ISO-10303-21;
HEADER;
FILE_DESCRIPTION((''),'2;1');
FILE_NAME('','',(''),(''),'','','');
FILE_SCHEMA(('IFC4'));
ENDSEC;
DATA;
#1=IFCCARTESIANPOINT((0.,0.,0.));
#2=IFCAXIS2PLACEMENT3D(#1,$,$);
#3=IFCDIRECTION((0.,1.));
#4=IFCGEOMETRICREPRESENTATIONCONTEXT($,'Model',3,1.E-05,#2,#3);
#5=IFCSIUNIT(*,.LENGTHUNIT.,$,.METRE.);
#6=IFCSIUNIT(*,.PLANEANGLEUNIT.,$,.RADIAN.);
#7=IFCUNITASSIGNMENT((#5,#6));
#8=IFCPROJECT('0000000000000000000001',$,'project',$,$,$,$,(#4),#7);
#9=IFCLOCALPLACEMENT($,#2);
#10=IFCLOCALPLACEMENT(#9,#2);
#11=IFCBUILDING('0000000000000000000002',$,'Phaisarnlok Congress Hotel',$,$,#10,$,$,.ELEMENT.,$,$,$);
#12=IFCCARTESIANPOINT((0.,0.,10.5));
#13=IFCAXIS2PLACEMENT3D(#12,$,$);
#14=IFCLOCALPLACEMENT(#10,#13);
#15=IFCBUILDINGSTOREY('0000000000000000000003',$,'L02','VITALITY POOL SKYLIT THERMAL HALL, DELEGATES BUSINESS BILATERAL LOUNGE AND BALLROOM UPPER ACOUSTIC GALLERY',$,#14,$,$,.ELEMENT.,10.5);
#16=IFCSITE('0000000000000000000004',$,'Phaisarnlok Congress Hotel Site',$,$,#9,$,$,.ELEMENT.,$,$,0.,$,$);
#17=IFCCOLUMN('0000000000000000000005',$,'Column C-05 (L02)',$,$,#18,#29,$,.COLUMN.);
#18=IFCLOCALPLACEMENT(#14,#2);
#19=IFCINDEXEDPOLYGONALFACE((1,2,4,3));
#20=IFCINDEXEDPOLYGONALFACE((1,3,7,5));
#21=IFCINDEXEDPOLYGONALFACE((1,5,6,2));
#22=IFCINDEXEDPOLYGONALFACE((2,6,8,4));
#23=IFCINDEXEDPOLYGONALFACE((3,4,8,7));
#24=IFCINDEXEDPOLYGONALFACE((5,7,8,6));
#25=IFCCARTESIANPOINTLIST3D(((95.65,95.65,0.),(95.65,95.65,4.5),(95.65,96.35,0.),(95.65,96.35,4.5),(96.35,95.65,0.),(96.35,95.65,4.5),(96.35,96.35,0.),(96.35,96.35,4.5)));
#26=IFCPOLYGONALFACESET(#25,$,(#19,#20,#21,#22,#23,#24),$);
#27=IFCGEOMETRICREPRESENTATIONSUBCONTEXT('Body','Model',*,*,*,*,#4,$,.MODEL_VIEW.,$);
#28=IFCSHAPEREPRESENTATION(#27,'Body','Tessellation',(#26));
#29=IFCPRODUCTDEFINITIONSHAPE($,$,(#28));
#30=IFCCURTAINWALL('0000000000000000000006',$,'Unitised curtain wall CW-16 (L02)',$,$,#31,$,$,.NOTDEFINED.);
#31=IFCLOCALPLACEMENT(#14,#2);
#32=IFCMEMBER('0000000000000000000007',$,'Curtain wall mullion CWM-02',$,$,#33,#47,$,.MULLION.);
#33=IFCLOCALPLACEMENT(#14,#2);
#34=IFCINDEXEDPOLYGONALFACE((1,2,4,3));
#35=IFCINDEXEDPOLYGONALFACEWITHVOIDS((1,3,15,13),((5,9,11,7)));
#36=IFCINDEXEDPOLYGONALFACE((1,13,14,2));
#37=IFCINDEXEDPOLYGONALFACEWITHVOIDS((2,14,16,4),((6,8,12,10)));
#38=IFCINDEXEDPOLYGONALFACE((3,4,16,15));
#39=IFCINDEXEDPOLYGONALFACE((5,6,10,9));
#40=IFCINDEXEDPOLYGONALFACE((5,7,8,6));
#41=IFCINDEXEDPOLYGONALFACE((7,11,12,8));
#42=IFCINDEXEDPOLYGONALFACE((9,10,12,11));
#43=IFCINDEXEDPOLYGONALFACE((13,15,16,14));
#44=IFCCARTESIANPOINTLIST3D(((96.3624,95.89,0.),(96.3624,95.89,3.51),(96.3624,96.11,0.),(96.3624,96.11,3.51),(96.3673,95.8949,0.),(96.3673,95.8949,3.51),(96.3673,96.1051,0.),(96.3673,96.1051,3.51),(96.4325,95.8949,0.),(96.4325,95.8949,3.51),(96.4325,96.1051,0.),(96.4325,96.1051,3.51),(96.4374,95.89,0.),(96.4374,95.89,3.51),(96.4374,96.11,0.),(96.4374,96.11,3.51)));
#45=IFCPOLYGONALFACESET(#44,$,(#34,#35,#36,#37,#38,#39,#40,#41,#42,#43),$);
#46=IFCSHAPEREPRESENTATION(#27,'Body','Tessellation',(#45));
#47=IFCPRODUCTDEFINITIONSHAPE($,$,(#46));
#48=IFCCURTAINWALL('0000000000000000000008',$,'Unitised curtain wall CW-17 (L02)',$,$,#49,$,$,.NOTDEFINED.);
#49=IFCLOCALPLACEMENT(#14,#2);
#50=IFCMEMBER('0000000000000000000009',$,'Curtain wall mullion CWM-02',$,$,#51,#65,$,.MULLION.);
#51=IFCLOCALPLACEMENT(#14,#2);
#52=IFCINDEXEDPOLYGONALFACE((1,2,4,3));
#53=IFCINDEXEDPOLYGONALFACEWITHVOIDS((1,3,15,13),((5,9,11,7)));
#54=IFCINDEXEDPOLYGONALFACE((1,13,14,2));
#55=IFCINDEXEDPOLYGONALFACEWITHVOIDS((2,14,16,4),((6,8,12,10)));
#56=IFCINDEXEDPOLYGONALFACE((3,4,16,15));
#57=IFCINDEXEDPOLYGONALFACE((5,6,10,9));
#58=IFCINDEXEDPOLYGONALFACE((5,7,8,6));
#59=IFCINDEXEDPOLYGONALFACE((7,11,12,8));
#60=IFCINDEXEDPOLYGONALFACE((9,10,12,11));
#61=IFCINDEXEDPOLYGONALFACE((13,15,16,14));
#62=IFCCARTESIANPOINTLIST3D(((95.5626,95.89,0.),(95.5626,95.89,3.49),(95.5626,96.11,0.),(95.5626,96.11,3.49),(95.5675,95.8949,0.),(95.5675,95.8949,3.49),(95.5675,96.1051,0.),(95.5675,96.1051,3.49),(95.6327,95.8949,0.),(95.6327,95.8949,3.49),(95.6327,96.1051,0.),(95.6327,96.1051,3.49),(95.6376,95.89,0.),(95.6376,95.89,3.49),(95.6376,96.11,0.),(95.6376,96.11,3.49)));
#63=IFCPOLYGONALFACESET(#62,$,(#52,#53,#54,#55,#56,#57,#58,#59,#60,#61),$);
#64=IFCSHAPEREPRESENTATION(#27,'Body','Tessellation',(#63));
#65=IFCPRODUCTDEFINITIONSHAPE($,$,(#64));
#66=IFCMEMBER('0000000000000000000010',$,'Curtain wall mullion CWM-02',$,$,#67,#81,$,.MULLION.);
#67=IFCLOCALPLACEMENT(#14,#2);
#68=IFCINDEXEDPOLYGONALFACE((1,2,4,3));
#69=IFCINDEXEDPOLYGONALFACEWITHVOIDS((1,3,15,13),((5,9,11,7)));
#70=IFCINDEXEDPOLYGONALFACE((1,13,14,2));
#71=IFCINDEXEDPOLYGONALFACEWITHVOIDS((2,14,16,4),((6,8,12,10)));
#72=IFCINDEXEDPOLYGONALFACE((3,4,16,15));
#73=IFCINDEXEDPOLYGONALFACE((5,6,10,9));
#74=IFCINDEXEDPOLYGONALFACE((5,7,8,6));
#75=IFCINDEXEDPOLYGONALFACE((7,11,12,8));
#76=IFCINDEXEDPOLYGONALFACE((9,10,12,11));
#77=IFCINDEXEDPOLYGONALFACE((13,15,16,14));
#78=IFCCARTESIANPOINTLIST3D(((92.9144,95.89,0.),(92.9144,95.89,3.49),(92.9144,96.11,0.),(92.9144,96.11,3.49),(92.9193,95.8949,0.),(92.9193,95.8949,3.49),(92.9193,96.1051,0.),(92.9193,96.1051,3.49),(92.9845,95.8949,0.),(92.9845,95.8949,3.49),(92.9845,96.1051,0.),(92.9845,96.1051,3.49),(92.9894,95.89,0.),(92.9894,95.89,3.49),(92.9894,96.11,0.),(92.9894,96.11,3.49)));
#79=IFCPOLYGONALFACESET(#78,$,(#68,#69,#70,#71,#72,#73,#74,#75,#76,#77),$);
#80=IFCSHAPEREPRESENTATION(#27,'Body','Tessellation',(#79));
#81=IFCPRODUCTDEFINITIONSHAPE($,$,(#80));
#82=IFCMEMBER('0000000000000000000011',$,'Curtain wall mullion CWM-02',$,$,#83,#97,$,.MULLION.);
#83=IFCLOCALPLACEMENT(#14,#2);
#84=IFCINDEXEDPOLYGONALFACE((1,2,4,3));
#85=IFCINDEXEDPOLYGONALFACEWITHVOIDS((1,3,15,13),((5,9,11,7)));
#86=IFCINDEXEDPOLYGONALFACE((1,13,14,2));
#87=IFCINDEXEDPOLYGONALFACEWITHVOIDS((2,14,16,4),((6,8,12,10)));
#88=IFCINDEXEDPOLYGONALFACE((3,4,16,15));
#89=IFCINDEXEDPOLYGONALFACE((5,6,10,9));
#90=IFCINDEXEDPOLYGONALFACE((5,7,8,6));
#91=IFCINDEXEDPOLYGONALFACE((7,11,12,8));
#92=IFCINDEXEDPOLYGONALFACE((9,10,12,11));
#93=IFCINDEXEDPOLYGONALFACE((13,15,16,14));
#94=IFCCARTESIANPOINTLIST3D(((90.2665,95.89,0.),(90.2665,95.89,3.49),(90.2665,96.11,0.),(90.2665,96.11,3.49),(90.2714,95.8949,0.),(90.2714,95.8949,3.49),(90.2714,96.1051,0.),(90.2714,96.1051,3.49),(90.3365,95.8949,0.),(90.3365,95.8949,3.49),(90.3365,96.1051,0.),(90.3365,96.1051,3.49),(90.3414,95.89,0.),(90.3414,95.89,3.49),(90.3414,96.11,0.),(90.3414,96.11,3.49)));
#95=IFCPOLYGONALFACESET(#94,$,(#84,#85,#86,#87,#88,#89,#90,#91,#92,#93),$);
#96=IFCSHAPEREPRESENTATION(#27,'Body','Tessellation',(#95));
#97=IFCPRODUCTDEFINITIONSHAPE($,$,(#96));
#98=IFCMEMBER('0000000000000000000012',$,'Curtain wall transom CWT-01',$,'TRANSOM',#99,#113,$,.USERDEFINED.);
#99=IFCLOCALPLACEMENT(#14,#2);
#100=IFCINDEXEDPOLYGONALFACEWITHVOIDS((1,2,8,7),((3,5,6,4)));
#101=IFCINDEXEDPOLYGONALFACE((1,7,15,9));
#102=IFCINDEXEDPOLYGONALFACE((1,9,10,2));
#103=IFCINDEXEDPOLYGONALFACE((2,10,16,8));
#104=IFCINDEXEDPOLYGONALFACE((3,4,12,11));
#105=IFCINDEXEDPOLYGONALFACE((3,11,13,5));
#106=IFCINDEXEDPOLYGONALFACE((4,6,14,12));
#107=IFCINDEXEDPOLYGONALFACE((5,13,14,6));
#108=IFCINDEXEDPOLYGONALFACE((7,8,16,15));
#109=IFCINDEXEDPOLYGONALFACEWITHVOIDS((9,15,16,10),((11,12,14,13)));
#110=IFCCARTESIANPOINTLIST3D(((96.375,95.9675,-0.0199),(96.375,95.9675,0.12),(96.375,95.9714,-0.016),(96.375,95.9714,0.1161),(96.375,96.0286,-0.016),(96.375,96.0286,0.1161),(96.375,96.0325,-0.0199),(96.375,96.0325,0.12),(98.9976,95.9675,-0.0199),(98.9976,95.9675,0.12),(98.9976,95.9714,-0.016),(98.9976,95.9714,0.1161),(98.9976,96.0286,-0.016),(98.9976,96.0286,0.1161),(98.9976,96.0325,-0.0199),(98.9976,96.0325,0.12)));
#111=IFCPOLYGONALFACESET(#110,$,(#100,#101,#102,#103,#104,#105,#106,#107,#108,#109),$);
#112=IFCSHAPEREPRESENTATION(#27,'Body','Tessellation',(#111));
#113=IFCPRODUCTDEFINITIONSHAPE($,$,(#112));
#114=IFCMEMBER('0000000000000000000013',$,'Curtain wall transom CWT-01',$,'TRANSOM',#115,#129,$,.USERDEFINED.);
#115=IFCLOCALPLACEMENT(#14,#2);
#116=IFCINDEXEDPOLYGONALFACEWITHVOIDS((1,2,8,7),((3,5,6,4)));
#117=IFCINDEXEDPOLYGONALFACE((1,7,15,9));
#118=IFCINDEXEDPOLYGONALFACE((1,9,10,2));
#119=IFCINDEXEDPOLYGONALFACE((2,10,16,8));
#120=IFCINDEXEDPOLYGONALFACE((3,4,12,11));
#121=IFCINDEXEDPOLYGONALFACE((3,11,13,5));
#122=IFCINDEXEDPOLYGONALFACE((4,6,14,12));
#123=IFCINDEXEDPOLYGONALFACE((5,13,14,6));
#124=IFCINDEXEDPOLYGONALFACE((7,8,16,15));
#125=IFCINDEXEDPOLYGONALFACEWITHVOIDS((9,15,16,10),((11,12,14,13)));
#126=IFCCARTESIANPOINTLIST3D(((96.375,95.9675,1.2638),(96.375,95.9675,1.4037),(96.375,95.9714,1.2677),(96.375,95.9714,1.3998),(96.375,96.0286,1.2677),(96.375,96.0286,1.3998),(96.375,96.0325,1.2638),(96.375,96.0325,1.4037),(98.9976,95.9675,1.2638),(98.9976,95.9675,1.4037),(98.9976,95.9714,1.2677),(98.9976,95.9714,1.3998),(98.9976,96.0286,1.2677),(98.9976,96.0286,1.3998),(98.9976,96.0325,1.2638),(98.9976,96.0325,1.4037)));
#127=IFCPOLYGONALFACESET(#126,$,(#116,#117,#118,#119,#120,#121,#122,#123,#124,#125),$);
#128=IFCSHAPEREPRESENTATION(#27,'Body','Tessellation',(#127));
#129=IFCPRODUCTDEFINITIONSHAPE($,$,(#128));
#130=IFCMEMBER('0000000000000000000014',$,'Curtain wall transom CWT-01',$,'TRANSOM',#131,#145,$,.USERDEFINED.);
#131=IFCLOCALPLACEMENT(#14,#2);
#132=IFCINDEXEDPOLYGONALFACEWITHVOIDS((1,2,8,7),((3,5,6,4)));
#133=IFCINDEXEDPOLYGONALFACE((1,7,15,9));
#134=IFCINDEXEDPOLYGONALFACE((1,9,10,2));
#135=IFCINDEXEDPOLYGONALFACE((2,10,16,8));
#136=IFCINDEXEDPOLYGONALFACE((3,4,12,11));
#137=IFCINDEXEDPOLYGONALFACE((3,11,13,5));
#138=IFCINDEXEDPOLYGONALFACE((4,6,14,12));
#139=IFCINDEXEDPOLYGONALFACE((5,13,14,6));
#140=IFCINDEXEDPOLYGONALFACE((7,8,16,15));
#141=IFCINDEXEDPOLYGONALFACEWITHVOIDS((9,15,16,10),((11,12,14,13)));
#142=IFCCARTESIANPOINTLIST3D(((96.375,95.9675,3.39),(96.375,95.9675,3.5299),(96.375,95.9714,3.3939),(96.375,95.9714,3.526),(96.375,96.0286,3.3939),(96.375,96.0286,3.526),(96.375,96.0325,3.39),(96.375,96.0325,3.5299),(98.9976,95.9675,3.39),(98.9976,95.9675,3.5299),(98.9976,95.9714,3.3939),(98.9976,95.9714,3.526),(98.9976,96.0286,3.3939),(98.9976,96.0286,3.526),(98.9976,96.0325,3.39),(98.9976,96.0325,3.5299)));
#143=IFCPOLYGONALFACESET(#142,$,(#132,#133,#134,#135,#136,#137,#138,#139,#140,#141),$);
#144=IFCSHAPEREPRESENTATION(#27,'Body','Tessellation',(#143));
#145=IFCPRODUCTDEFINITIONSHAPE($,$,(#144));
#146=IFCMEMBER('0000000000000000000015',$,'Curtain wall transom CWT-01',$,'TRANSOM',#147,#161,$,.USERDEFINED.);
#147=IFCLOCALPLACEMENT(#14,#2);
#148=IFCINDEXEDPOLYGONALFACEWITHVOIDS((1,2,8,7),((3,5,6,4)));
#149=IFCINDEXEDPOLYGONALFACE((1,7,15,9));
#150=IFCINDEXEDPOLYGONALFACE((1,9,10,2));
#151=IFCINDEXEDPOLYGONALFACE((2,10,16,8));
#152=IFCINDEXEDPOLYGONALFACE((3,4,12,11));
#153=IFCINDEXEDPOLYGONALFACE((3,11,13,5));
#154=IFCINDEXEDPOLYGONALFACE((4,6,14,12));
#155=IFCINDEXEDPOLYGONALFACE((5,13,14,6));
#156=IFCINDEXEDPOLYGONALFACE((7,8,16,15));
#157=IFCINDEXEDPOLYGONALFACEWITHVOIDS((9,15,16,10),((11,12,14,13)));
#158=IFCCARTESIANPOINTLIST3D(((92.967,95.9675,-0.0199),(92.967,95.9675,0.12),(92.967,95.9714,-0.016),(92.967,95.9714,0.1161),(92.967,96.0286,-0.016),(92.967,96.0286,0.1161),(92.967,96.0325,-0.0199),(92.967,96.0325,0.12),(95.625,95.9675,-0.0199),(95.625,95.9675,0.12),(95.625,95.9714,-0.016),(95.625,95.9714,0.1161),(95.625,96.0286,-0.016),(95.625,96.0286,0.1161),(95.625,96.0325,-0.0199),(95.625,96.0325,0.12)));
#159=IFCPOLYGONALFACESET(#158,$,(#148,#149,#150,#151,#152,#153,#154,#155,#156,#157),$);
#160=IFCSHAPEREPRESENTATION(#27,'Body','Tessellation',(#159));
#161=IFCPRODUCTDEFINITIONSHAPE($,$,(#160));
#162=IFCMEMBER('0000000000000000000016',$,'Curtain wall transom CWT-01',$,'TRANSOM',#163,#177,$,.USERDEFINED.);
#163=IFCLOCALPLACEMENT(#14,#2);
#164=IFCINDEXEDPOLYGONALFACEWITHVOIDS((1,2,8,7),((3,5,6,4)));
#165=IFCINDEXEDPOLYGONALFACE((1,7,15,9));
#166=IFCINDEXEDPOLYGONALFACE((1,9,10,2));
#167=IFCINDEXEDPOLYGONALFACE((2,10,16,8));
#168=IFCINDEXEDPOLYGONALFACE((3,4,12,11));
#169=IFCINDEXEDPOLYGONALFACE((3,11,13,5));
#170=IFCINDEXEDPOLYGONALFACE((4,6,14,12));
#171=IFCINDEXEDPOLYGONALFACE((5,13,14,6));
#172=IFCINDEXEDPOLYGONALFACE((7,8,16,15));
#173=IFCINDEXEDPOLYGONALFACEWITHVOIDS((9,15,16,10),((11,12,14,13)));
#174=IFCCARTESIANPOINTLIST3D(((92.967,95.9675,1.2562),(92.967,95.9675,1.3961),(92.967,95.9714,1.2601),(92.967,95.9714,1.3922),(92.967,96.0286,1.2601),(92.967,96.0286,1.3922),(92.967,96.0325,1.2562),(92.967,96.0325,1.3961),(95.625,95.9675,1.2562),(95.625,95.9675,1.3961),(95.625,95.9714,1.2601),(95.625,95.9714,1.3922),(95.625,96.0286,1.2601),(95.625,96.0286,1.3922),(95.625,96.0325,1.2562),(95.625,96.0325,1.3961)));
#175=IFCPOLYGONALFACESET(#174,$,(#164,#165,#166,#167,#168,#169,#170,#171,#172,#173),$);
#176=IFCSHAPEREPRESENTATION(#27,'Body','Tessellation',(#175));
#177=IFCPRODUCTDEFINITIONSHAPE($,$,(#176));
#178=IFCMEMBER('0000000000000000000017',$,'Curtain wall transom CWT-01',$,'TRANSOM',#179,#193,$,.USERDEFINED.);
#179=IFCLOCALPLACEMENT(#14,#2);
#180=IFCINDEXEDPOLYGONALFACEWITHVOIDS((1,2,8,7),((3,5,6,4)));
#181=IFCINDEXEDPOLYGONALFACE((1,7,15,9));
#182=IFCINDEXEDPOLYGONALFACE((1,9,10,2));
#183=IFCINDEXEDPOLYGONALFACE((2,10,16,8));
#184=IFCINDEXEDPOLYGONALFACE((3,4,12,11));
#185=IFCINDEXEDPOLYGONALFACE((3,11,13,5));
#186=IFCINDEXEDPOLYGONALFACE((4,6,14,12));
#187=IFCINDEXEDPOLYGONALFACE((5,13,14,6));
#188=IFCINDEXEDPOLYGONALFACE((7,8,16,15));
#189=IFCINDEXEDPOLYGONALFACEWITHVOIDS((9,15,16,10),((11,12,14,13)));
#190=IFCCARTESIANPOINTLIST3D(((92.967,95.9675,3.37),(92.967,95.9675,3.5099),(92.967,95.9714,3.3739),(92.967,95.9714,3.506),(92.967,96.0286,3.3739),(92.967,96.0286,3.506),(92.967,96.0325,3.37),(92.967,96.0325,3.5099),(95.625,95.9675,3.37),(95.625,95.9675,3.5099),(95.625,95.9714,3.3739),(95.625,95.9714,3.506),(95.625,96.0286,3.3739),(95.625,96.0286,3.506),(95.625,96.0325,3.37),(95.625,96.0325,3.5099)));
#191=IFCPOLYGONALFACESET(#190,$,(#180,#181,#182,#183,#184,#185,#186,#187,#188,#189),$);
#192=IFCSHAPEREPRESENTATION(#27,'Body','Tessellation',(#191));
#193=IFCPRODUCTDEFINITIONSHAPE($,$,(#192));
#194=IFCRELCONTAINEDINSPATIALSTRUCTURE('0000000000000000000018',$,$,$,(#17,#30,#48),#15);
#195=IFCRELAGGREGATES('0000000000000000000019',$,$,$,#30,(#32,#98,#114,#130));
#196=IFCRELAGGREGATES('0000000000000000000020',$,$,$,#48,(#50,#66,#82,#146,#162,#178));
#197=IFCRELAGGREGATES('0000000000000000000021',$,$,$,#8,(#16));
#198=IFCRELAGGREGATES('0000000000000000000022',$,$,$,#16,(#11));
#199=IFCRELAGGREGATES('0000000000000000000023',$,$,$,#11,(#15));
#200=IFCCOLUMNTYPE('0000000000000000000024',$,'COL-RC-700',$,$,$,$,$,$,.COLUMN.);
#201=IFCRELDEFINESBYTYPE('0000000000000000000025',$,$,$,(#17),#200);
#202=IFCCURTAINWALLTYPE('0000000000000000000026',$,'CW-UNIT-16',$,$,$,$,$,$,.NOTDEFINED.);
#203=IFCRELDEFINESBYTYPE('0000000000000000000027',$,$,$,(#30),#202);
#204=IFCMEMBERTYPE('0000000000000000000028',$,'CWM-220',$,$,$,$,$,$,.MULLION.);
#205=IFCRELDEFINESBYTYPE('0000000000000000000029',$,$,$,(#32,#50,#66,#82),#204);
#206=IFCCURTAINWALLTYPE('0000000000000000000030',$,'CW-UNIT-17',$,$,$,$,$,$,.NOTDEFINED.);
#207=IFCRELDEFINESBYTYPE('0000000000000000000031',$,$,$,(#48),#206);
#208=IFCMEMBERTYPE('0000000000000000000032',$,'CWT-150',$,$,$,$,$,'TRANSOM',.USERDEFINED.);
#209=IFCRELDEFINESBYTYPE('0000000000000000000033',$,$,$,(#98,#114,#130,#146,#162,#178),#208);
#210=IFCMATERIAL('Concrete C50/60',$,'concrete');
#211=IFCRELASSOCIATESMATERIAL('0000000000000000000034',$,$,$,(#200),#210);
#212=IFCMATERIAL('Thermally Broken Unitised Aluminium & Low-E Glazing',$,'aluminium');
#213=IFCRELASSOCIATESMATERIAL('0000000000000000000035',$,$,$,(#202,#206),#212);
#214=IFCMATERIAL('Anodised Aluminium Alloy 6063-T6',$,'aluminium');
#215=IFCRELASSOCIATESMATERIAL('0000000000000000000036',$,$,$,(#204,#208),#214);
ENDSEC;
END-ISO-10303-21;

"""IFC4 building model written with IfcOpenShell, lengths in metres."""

from ifc_helpers import new_model, si_unit, direction, frame, origin, origin_2d, place, context, subcontext, project, spatial, rectangle, hollow_rectangle, extrude, material, material_profile, profile_set, type_object, element, aggregate, save


model = new_model("IFC4")

# Units and contexts
model_context = context("Model", 3, precision=1e-05, world=origin(), true_north=direction((0.0, 1.0)))
body_context = subcontext(model_context, "Body", "Model", "MODEL_VIEW")
ifc_project = project(units=[si_unit("LENGTHUNIT", "METRE"), si_unit("PLANEANGLEUNIT", "RADIAN")], contexts=[model_context])

# Site, building, storey
site_placement = place(None, origin())
site = spatial("IfcSite", under=ifc_project, at=site_placement, Name="Phaisarnlok Congress Hotel Site", CompositionType="ELEMENT", RefElevation=0.0)
building_placement = place(site_placement, origin())
building = spatial("IfcBuilding", under=site, at=building_placement, Name="Phaisarnlok Congress Hotel", CompositionType="ELEMENT")
storey_placement = place(building_placement, frame((0.0, 0.0, 10.5)))
storey = spatial("IfcBuildingStorey", under=building, at=storey_placement, Name="L02", Description="VITALITY POOL SKYLIT THERMAL HALL, DELEGATES BUSINESS BILATERAL LOUNGE AND BALLROOM UPPER ACOUSTIC GALLERY", CompositionType="ELEMENT", Elevation=10.5)

# Column
ifc_material_1 = material(Name="Concrete C50/60", Category="concrete")
ifc_material_profile_1 = material_profile(ifc_material_1, rectangle(XDim=0.7, YDim=0.7, at=origin_2d()), Name="RC 700x700")
ifc_profile_set_1 = profile_set([ifc_material_profile_1], Name="Concrete C50/60")
column_type = type_object("IfcColumnType", Name="COL-RC-700", PredefinedType="COLUMN", material=ifc_profile_set_1)
column_placement = place(storey_placement, frame((96.0, 96.0, 0.0), z_axis=(0.0, 0.0, 1.0), x_axis=(1.0, 0.0, 0.0)))
element("IfcColumn", 1, at=column_placement, inside=storey, type_object=column_type, Name="Column C-05 (L02)", PredefinedType="COLUMN", context=body_context, shape_type="SweptSolid", body=[
    extrude(rectangle(XDim=0.7, YDim=0.7, at=origin_2d()), origin(), (0.0, 0.0, 1.0), 4.5),
])

# Curtain wall, member
ifc_material_2 = material(Name="Thermally Broken Unitised Aluminium & Low-E Glazing", Category="aluminium")
curtain_wall_type_1 = type_object("IfcCurtainWallType", Name="CW-UNIT-16", PredefinedType="NOTDEFINED", material=ifc_material_2)
curtain_wall_1_placement = place(storey_placement, origin())
curtain_wall_1 = element("IfcCurtainWall", 2, at=curtain_wall_1_placement, inside=storey, type_object=curtain_wall_type_1, Name="Unitised curtain wall CW-16 (L02)", PredefinedType="NOTDEFINED")
ifc_material_3 = material(Name="Anodised Aluminium Alloy 6063-T6", Category="aluminium")
ifc_material_profile_2 = material_profile(ifc_material_3, hollow_rectangle(XDim=0.075, YDim=0.22, WallThickness=0.0049, at=origin_2d()), Name="ALU-M 75x220x5")
ifc_profile_set_2 = profile_set([ifc_material_profile_2], Name="Anodised Aluminium Alloy 6063-T6")
member_type_1 = type_object("IfcMemberType", Name="CWM-220", PredefinedType="MULLION", material=ifc_profile_set_2)
member_1_placement = place(storey_placement, frame((96.3999, 96.0, 0.0), z_axis=(0.0, 0.0, 1.0), x_axis=(-1.0, 0.0, 0.0)))
member_1 = element("IfcMember", 3, at=member_1_placement, type_object=member_type_1, Name="Curtain wall mullion CWM-02", PredefinedType="MULLION", context=body_context, shape_type="SweptSolid", body=[
    extrude(hollow_rectangle(XDim=0.075, YDim=0.22, WallThickness=0.0049, at=origin_2d()), origin(), (0.0, 0.0, 1.0), 3.51),
])

# Curtain wall, members
curtain_wall_type_2 = type_object("IfcCurtainWallType", Name="CW-UNIT-17", PredefinedType="NOTDEFINED", material=ifc_material_2)
curtain_wall_2_placement = place(storey_placement, origin())
curtain_wall_2 = element("IfcCurtainWall", 4, at=curtain_wall_2_placement, inside=storey, type_object=curtain_wall_type_2, Name="Unitised curtain wall CW-17 (L02)", PredefinedType="NOTDEFINED")
member_2_placement = place(storey_placement, frame((95.6001, 96.0, 0.0), z_axis=(0.0, 0.0, 1.0), x_axis=(-1.0, 0.0, 0.0)))
member_2 = element("IfcMember", 5, at=member_2_placement, type_object=member_type_1, Name="Curtain wall mullion CWM-02", PredefinedType="MULLION", context=body_context, shape_type="SweptSolid", body=[
    extrude(hollow_rectangle(XDim=0.075, YDim=0.22, WallThickness=0.0049, at=origin_2d()), origin(), (0.0, 0.0, 1.0), 3.49),
])
member_3_placement = place(storey_placement, frame((92.9519, 96.0, 0.0), z_axis=(0.0, 0.0, 1.0), x_axis=(-1.0, 0.0, 0.0)))
member_3 = element("IfcMember", 6, at=member_3_placement, type_object=member_type_1, Name="Curtain wall mullion CWM-02", PredefinedType="MULLION", context=body_context, shape_type="SweptSolid", body=[
    extrude(hollow_rectangle(XDim=0.075, YDim=0.22, WallThickness=0.0049, at=origin_2d()), origin(), (0.0, 0.0, 1.0), 3.49),
])
member_4_placement = place(storey_placement, frame((90.304, 96.0, 0.0), z_axis=(0.0, 0.0, 1.0), x_axis=(-1.0, 0.0, 0.0)))
member_4 = element("IfcMember", 7, at=member_4_placement, type_object=member_type_1, Name="Curtain wall mullion CWM-02", PredefinedType="MULLION", context=body_context, shape_type="SweptSolid", body=[
    extrude(hollow_rectangle(XDim=0.075, YDim=0.22, WallThickness=0.0049, at=origin_2d()), origin(), (0.0, 0.0, 1.0), 3.49),
])

# Members
ifc_material_profile_3 = material_profile(ifc_material_3, hollow_rectangle(XDim=0.0649, YDim=0.1399, WallThickness=0.0039, at=origin_2d()), Name="ALU-T 65x140x4")
ifc_profile_set_3 = profile_set([ifc_material_profile_3], Name="Anodised Aluminium Alloy 6063-T6")
member_type_2 = type_object("IfcMemberType", Name="CWT-150", ElementType="TRANSOM", PredefinedType="USERDEFINED", material=ifc_profile_set_3)
member_5_placement = place(storey_placement, frame((98.9976, 96.0, 0.05), z_axis=(-1.0, 0.0, 0.0), x_axis=(0.0, -1.0, 0.0)))
member_5 = element("IfcMember", 8, at=member_5_placement, type_object=member_type_2, Name="Curtain wall transom CWT-01", ObjectType="TRANSOM", PredefinedType="USERDEFINED", context=body_context, shape_type="SweptSolid", body=[
    extrude(hollow_rectangle(XDim=0.0649, YDim=0.1399, WallThickness=0.0039, at=origin_2d()), origin(), (0.0, 0.0, 1.0), 2.6226),
])
member_6_placement = place(storey_placement, frame((98.9976, 96.0, 1.3337), z_axis=(-1.0, 0.0, 0.0), x_axis=(0.0, -1.0, 0.0)))
member_6 = element("IfcMember", 9, at=member_6_placement, type_object=member_type_2, Name="Curtain wall transom CWT-01", ObjectType="TRANSOM", PredefinedType="USERDEFINED", context=body_context, shape_type="SweptSolid", body=[
    extrude(hollow_rectangle(XDim=0.0649, YDim=0.1399, WallThickness=0.0039, at=origin_2d()), origin(), (0.0, 0.0, 1.0), 2.6226),
])
member_7_placement = place(storey_placement, frame((98.9976, 96.0, 3.46), z_axis=(-1.0, 0.0, 0.0), x_axis=(0.0, -1.0, 0.0)))
member_7 = element("IfcMember", 10, at=member_7_placement, type_object=member_type_2, Name="Curtain wall transom CWT-01", ObjectType="TRANSOM", PredefinedType="USERDEFINED", context=body_context, shape_type="SweptSolid", body=[
    extrude(hollow_rectangle(XDim=0.0649, YDim=0.1399, WallThickness=0.0039, at=origin_2d()), origin(), (0.0, 0.0, 1.0), 2.6226),
])
member_8_placement = place(storey_placement, frame((95.625, 96.0, 0.05), z_axis=(-1.0, 0.0, 0.0), x_axis=(0.0, -1.0, 0.0)))
member_8 = element("IfcMember", 11, at=member_8_placement, type_object=member_type_2, Name="Curtain wall transom CWT-01", ObjectType="TRANSOM", PredefinedType="USERDEFINED", context=body_context, shape_type="SweptSolid", body=[
    extrude(hollow_rectangle(XDim=0.0649, YDim=0.1399, WallThickness=0.0039, at=origin_2d()), origin(), (0.0, 0.0, 1.0), 2.658),
])
member_9_placement = place(storey_placement, frame((95.625, 96.0, 1.3262), z_axis=(-1.0, 0.0, 0.0), x_axis=(0.0, -1.0, 0.0)))
member_9 = element("IfcMember", 12, at=member_9_placement, type_object=member_type_2, Name="Curtain wall transom CWT-01", ObjectType="TRANSOM", PredefinedType="USERDEFINED", context=body_context, shape_type="SweptSolid", body=[
    extrude(hollow_rectangle(XDim=0.0649, YDim=0.1399, WallThickness=0.0039, at=origin_2d()), origin(), (0.0, 0.0, 1.0), 2.658),
])
member_10_placement = place(storey_placement, frame((95.625, 96.0, 3.4399), z_axis=(-1.0, 0.0, 0.0), x_axis=(0.0, -1.0, 0.0)))
member_10 = element("IfcMember", 13, at=member_10_placement, type_object=member_type_2, Name="Curtain wall transom CWT-01", ObjectType="TRANSOM", PredefinedType="USERDEFINED", context=body_context, shape_type="SweptSolid", body=[
    extrude(hollow_rectangle(XDim=0.0649, YDim=0.1399, WallThickness=0.0039, at=origin_2d()), origin(), (0.0, 0.0, 1.0), 2.658),
])

aggregate(curtain_wall_1, [member_1, member_5, member_6, member_7])
aggregate(curtain_wall_2, [member_2, member_3, member_4, member_8, member_9, member_10])

save(model, "model.ifc")
